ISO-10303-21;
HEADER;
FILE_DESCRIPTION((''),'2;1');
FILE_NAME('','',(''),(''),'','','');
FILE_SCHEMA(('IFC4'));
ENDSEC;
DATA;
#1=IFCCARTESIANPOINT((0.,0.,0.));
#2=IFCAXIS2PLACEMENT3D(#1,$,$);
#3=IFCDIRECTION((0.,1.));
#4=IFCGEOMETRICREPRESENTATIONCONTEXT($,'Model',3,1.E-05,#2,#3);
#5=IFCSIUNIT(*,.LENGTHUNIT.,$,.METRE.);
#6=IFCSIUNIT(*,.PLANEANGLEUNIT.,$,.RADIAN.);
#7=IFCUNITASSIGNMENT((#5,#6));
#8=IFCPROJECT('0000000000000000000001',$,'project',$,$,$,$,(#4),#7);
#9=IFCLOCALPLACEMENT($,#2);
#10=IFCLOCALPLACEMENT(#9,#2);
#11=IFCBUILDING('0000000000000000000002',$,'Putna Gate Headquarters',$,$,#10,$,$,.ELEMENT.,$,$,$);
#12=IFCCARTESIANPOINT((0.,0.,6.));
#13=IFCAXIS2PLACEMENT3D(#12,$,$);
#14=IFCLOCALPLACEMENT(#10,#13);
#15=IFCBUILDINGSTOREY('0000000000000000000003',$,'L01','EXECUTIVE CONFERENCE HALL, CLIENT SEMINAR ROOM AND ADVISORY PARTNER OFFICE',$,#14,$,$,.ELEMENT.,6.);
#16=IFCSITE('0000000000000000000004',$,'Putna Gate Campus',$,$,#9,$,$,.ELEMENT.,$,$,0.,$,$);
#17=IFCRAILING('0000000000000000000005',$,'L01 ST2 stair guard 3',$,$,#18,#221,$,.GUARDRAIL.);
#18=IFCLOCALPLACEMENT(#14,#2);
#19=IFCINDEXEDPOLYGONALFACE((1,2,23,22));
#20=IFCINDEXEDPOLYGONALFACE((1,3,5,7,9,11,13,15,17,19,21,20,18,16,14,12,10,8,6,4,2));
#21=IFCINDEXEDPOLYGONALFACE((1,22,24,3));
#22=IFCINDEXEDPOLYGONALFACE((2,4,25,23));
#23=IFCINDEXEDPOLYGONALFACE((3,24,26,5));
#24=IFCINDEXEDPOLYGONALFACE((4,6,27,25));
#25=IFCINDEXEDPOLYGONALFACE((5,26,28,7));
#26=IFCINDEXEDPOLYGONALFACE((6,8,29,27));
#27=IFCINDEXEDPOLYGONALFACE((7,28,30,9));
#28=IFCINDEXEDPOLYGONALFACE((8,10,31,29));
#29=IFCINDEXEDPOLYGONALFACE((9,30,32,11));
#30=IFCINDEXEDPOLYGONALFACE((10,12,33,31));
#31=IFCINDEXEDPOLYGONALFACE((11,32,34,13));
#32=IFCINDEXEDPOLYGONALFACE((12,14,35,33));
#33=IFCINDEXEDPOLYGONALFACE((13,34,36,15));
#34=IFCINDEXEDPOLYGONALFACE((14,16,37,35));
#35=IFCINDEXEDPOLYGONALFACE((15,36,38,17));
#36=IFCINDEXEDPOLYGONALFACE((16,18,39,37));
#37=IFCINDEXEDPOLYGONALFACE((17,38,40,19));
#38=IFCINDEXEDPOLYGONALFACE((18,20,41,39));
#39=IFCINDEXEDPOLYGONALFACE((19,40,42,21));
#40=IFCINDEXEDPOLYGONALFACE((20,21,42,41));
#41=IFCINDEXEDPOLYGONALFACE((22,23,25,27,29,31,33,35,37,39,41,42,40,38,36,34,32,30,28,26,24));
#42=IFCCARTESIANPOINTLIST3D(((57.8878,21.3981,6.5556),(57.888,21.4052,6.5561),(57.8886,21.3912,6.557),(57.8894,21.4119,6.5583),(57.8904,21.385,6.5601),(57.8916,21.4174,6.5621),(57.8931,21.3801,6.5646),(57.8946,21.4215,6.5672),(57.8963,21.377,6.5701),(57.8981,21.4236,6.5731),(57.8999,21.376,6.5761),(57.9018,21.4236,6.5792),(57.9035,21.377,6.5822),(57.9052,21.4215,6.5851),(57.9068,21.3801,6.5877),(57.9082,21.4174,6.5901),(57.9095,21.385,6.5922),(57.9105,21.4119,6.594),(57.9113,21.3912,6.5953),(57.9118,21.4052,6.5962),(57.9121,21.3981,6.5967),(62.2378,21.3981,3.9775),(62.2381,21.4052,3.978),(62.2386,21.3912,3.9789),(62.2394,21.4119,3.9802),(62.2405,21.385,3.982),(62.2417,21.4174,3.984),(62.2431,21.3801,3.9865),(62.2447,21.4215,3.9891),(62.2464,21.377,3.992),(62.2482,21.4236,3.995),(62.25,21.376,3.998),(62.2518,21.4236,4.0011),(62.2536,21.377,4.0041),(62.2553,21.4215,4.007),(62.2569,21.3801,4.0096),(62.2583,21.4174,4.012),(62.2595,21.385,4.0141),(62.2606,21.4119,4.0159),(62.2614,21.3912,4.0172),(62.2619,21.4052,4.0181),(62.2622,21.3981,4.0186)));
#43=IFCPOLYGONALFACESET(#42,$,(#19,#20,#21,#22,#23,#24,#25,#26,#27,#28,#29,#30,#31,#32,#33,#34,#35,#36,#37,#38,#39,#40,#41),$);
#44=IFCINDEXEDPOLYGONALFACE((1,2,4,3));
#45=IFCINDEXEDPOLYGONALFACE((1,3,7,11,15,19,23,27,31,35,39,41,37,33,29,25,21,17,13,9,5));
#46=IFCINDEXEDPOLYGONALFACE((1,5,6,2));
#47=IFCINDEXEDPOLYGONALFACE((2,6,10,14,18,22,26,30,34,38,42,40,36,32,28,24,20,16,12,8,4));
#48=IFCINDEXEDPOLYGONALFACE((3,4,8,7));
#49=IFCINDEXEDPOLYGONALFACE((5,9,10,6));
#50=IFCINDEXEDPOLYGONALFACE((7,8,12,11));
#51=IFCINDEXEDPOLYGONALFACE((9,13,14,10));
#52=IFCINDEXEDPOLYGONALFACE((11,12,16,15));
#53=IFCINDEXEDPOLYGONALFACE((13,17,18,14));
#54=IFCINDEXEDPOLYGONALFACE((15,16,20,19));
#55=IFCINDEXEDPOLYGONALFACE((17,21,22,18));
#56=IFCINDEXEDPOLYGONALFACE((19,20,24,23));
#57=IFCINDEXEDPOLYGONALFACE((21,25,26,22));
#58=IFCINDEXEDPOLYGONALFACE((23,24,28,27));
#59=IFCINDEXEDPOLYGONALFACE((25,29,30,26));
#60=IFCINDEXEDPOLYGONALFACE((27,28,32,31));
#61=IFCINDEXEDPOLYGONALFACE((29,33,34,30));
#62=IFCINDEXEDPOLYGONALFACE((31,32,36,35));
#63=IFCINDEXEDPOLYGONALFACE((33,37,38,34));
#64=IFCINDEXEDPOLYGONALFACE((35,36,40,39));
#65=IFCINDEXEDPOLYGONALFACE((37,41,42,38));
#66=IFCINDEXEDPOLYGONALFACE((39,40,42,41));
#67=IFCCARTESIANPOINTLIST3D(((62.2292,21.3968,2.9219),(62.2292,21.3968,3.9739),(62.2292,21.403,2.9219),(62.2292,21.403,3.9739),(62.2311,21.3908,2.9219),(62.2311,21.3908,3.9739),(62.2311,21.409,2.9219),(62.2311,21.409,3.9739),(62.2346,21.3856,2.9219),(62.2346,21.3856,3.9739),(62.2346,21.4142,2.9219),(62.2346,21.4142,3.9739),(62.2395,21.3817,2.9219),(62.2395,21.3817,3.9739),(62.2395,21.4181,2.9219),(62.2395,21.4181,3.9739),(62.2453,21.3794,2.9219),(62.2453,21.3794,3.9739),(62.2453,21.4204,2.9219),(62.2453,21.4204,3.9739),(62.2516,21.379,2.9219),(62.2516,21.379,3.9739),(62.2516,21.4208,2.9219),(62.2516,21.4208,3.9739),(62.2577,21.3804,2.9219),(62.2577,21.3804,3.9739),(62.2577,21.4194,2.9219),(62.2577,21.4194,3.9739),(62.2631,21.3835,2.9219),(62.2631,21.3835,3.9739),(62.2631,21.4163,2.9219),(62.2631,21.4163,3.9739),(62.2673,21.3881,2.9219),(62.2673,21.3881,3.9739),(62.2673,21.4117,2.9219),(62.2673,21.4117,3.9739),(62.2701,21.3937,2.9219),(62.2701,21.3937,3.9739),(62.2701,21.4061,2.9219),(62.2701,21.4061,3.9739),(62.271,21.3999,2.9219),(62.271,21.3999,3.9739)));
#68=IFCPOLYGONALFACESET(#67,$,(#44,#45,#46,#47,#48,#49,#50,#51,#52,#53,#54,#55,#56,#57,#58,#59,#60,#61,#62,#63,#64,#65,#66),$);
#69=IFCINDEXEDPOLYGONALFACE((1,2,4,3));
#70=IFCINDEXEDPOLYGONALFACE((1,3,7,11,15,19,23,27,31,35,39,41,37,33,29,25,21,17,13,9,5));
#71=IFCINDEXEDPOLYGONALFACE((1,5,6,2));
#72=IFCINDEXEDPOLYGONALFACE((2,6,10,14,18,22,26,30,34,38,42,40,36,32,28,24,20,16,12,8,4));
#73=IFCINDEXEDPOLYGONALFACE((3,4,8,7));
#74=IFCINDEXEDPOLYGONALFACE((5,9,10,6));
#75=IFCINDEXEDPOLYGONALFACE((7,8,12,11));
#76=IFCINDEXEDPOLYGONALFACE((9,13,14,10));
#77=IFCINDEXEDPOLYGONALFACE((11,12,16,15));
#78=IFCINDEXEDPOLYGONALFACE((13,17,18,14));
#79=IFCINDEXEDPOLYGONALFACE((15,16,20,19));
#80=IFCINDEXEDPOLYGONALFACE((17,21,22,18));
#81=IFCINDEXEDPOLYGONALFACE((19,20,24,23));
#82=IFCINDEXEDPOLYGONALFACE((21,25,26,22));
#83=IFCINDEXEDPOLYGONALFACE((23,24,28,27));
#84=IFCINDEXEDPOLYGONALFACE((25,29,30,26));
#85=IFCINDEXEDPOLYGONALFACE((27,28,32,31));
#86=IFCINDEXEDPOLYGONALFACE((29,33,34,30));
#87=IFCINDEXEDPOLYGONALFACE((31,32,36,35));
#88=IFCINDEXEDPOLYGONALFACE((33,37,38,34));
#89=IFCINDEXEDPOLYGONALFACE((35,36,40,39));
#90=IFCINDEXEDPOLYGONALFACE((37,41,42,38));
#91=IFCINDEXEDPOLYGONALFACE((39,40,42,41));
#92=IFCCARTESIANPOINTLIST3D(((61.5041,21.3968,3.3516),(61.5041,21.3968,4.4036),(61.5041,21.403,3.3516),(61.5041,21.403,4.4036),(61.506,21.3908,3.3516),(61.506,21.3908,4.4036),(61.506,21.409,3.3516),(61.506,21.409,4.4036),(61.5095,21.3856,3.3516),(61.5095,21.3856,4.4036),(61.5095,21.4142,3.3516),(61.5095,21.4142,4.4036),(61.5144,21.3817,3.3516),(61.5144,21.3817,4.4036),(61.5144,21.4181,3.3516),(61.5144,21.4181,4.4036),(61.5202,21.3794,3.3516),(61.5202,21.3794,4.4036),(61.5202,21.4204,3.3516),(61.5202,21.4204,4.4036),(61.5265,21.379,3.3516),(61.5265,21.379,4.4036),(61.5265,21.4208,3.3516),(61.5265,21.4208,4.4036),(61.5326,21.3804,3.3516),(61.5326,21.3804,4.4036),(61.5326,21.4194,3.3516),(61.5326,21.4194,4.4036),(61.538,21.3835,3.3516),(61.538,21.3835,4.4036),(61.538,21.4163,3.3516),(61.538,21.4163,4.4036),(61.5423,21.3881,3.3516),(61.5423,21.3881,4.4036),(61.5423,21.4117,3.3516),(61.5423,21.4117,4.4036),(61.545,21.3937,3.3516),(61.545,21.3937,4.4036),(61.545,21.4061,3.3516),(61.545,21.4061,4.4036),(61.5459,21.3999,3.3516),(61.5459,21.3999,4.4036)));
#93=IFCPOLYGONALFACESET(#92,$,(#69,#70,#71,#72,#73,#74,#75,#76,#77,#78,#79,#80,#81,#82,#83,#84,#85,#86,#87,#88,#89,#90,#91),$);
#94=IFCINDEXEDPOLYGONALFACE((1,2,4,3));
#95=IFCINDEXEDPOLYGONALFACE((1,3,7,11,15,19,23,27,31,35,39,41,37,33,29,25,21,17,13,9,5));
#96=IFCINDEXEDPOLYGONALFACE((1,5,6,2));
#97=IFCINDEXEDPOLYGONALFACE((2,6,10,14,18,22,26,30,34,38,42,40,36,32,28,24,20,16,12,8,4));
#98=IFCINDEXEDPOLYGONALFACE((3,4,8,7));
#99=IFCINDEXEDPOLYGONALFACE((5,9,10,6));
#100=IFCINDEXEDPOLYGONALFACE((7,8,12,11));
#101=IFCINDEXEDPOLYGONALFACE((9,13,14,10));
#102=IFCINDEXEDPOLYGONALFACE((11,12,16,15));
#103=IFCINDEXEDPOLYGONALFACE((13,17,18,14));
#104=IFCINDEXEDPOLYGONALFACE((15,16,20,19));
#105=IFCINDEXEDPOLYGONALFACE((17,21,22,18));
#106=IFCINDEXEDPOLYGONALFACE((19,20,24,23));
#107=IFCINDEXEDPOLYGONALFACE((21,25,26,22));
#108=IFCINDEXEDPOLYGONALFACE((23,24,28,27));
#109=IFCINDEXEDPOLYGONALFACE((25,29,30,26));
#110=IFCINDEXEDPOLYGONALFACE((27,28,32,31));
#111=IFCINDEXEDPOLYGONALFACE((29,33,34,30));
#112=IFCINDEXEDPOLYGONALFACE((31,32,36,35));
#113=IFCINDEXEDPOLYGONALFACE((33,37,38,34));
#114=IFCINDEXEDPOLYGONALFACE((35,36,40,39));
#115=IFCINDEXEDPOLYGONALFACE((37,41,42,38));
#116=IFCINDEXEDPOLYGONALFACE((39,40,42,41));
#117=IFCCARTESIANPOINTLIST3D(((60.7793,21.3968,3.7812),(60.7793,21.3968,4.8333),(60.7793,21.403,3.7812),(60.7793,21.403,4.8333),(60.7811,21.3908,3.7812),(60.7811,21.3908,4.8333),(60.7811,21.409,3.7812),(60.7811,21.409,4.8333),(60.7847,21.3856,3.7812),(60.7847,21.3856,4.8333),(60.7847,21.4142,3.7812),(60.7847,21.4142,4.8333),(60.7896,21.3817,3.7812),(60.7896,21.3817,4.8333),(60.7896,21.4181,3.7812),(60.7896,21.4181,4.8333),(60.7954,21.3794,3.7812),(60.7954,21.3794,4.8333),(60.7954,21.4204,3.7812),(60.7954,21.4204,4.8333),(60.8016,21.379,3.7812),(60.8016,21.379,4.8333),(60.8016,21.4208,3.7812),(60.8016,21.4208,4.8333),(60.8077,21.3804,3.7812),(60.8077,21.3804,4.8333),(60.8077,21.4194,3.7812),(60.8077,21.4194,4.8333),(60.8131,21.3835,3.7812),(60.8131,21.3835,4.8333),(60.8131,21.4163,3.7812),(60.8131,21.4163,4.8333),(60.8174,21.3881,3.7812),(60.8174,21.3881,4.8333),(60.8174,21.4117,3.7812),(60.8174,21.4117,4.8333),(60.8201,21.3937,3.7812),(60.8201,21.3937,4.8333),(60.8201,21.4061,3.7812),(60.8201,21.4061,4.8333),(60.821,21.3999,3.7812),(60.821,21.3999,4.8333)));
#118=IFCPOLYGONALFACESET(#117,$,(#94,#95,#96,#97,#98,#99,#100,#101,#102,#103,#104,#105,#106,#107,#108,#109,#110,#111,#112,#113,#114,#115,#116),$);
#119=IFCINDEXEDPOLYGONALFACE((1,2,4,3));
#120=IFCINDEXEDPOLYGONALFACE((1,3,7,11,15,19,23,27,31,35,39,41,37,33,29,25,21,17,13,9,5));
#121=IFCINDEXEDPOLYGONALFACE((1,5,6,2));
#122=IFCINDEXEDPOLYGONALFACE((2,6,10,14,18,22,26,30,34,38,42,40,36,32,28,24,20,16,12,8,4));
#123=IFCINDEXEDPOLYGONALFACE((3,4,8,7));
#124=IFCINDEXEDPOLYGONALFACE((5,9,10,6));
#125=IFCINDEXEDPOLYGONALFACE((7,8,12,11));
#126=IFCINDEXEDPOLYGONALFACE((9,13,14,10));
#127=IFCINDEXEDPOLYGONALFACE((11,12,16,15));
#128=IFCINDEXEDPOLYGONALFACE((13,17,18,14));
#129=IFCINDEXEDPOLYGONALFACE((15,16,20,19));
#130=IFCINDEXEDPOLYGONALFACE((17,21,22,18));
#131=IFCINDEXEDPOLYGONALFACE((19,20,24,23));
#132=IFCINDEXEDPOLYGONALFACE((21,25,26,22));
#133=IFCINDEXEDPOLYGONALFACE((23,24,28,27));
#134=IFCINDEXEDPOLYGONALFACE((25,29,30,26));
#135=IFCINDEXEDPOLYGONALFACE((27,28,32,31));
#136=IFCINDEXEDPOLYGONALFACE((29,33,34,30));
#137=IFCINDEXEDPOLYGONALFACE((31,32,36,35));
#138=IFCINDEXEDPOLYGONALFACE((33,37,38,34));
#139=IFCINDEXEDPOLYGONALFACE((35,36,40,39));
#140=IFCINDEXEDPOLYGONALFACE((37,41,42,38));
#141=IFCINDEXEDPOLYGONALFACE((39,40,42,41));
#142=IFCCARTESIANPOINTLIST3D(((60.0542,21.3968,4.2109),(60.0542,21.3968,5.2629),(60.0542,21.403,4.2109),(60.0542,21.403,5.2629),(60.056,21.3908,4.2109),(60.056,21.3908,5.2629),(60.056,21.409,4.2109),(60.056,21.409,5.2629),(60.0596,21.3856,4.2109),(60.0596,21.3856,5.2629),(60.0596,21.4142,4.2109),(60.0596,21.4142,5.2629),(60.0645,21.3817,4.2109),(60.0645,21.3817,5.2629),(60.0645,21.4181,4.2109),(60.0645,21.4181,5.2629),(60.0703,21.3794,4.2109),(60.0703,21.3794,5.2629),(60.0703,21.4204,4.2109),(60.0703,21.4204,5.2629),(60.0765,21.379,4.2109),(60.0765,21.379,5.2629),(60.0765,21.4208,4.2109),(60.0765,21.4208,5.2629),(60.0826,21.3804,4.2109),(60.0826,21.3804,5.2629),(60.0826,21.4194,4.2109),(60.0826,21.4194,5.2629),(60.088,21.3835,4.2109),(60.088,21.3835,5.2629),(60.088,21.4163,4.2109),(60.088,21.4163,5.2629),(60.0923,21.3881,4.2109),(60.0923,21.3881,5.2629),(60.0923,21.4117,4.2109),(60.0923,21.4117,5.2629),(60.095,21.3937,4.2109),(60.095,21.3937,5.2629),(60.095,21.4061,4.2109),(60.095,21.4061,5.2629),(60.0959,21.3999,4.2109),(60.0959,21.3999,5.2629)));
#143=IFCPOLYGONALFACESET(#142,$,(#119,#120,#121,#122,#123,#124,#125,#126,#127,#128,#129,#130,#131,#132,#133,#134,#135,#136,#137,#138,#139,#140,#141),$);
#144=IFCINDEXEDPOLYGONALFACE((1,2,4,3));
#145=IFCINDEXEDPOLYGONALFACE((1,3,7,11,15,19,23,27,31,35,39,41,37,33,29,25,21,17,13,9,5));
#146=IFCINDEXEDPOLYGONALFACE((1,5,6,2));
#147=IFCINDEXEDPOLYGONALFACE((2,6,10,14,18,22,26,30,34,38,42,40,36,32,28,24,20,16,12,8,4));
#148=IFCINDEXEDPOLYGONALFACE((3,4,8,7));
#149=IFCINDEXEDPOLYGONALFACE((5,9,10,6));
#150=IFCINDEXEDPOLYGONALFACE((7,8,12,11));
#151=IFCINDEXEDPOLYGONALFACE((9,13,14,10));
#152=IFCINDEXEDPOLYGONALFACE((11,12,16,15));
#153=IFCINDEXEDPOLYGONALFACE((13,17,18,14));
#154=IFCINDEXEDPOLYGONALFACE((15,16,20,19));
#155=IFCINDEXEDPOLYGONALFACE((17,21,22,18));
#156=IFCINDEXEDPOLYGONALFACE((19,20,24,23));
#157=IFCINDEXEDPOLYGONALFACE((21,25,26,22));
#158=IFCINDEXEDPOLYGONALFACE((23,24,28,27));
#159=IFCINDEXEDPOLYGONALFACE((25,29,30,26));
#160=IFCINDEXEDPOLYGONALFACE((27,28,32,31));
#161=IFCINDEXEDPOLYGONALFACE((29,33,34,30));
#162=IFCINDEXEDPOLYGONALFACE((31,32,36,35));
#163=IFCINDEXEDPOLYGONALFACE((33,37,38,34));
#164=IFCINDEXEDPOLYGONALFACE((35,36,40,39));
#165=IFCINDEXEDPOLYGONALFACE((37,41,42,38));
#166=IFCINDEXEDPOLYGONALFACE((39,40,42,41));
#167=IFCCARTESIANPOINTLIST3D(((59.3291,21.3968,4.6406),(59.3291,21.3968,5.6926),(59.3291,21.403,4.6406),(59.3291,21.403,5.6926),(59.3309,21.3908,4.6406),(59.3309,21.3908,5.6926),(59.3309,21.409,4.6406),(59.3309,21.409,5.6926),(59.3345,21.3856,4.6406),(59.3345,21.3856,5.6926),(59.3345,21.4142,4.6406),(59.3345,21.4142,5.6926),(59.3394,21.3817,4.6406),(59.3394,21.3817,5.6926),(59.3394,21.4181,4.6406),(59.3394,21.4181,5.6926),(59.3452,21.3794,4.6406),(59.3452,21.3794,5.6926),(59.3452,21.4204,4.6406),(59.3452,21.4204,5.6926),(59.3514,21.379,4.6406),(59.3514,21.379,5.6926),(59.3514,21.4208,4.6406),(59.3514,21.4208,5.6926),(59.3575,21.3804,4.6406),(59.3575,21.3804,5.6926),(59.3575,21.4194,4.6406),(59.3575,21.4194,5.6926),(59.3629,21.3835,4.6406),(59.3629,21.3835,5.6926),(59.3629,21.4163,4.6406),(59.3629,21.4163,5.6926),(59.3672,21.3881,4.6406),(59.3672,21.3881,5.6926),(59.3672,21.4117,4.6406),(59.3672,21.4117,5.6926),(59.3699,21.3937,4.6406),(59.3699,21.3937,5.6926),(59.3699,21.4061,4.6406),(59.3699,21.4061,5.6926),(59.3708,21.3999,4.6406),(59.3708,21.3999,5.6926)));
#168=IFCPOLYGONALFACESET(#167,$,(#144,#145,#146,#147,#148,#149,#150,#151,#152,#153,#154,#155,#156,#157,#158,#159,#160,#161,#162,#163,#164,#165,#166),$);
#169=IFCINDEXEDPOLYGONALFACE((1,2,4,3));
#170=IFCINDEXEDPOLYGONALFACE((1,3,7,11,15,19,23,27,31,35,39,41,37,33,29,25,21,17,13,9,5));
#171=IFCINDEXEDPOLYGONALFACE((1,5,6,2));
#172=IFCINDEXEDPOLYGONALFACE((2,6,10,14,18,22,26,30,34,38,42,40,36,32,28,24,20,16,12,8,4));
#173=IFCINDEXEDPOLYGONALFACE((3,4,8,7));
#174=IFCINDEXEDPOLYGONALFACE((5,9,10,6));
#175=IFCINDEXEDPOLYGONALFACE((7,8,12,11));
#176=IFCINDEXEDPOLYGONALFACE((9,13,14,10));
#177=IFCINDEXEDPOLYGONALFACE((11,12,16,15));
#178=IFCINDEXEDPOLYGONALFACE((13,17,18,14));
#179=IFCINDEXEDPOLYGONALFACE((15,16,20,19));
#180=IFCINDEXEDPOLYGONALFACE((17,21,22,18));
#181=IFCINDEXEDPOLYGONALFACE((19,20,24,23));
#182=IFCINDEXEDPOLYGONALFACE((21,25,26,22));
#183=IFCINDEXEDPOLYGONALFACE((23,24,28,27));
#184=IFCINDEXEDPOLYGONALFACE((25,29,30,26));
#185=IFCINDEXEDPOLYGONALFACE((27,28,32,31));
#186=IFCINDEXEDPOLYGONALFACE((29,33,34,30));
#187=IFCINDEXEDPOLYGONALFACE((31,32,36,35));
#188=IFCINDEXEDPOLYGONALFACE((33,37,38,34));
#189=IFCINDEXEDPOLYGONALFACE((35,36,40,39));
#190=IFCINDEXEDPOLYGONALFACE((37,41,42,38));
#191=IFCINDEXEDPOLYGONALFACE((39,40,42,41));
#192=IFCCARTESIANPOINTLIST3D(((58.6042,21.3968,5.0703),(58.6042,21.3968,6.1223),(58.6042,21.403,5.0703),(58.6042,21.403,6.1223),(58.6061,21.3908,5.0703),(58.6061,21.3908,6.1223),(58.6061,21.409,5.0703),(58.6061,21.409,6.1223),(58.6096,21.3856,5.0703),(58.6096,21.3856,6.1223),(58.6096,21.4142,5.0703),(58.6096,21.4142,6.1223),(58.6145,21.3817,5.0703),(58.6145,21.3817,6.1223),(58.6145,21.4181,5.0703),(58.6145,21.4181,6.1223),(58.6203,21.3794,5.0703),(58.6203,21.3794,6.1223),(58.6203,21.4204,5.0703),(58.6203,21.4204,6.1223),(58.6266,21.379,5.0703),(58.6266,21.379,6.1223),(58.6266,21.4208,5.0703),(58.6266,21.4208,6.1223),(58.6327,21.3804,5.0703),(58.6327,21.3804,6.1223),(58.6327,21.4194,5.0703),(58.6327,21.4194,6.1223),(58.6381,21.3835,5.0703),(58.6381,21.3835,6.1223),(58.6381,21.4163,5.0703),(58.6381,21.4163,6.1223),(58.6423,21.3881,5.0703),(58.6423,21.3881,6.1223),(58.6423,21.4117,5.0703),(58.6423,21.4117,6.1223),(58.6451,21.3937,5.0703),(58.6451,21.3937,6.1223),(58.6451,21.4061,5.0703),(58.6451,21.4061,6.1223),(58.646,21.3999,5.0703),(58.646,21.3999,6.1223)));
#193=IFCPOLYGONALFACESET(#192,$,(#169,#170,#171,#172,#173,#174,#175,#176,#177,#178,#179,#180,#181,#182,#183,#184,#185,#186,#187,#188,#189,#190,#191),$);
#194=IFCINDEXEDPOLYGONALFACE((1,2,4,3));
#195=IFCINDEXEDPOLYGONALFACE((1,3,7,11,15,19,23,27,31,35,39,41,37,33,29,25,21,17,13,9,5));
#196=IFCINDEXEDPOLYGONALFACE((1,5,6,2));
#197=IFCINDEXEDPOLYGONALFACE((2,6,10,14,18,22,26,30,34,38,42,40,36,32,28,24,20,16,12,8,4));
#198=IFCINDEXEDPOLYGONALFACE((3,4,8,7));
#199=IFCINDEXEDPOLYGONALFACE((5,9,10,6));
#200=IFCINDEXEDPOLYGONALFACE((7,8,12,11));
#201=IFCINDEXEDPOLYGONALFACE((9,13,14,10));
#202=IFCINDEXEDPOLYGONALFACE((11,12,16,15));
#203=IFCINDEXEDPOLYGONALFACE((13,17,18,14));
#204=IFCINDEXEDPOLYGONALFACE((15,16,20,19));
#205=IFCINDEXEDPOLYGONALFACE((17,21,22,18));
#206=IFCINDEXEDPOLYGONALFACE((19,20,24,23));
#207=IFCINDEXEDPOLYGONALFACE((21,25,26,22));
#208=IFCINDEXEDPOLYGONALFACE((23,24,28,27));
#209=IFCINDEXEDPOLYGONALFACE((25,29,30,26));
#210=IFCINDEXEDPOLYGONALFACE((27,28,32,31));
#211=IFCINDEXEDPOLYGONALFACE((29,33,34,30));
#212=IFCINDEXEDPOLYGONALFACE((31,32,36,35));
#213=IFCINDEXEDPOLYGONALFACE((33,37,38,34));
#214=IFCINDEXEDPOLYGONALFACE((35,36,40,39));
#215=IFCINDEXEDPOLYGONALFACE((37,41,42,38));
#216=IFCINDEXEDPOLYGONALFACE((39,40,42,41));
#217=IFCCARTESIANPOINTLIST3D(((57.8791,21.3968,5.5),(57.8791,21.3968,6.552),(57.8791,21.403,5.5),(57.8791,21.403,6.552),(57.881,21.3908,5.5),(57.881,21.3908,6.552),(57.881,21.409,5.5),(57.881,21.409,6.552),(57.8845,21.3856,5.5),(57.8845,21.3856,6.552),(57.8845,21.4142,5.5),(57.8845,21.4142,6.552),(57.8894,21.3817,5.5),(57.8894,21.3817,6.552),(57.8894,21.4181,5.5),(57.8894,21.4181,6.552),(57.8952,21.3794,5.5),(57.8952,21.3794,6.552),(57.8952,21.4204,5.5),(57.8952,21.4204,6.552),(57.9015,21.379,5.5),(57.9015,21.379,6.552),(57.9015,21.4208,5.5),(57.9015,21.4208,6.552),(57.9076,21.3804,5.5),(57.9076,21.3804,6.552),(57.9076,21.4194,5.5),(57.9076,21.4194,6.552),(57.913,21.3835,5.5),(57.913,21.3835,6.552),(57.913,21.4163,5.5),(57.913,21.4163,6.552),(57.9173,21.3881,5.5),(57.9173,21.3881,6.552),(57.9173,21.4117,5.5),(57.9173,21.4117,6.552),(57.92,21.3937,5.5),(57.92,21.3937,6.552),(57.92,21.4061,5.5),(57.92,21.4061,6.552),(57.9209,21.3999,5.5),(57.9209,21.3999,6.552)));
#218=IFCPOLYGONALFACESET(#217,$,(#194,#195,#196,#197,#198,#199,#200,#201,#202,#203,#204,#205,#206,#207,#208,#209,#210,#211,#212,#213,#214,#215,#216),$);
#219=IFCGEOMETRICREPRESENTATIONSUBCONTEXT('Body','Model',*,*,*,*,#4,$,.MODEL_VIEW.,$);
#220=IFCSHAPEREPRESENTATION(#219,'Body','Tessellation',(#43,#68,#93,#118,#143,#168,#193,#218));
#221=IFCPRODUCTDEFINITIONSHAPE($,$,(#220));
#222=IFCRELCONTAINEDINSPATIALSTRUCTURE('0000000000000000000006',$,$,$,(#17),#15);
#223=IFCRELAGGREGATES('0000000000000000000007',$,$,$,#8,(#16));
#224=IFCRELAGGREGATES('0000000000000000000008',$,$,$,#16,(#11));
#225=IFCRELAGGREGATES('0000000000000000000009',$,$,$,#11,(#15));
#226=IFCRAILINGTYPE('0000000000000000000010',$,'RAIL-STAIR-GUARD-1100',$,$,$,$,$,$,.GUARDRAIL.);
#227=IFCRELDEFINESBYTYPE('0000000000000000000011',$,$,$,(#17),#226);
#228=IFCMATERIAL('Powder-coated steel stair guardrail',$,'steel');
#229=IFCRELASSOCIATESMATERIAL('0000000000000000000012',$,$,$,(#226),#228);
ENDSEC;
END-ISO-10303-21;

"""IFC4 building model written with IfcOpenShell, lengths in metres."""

from ifc_helpers import new_model, si_unit, direction, frame, origin, origin_2d, place, context, subcontext, project, spatial, circle, extrude, material, type_object, element, save


model = new_model("IFC4")

# Units and contexts
model_context = context("Model", 3, precision=1e-05, world=origin(), true_north=direction((0.0, 1.0)))
body_context = subcontext(model_context, "Body", "Model", "MODEL_VIEW")
ifc_project = project(units=[si_unit("LENGTHUNIT", "METRE"), si_unit("PLANEANGLEUNIT", "RADIAN")], contexts=[model_context])

# Site, building, storey
site_placement = place(None, origin())
site = spatial("IfcSite", under=ifc_project, at=site_placement, Name="Putna Gate Campus", CompositionType="ELEMENT", RefElevation=0.0)
building_placement = place(site_placement, origin())
building = spatial("IfcBuilding", under=site, at=building_placement, Name="Putna Gate Headquarters", CompositionType="ELEMENT")
storey_placement = place(building_placement, frame((0.0, 0.0, 6.0)))
storey = spatial("IfcBuildingStorey", under=building, at=storey_placement, Name="L01", Description="EXECUTIVE CONFERENCE HALL, CLIENT SEMINAR ROOM AND ADVISORY PARTNER OFFICE", CompositionType="ELEMENT", Elevation=6.0)

# Railing
ifc_material_1 = material(Name="Powder-coated steel stair guardrail", Category="steel")
railing_type_1 = type_object("IfcRailingType", Name="RAIL-STAIR-GUARD-1100", PredefinedType="GUARDRAIL", material=ifc_material_1)
railing_1_placement = place(storey_placement, frame((62.25, 21.3999, 2.9219)))
element("IfcRailing", 1, at=railing_1_placement, inside=storey, type_object=railing_type_1, Name="L01 ST2 stair guard 3", PredefinedType="GUARDRAIL", context=body_context, shape_type="SweptSolid", body=[
    extrude(circle(Radius=0.0239, at=origin_2d()), frame((0.0, 0.0, 1.0762), z_axis=(-0.860266, 0.0, 0.509845), x_axis=(0.0, -1.0, 0.0)), (0.0, 0.0, 1.0), 5.0566),
    extrude(circle(Radius=0.021, at=origin_2d()), origin(), (0.0, 0.0, 1.0), 1.052),
    extrude(circle(Radius=0.021, at=origin_2d()), frame((-0.7251, 0.0, 0.4297)), (0.0, 0.0, 1.0), 1.052),
    extrude(circle(Radius=0.021, at=origin_2d()), frame((-1.45, 0.0, 0.8594)), (0.0, 0.0, 1.0), 1.052),
    extrude(circle(Radius=0.021, at=origin_2d()), frame((-2.175, 0.0, 1.2891)), (0.0, 0.0, 1.0), 1.052),
    extrude(circle(Radius=0.021, at=origin_2d()), frame((-2.9001, 0.0, 1.7188)), (0.0, 0.0, 1.0), 1.052),
    extrude(circle(Radius=0.021, at=origin_2d()), frame((-3.625, 0.0, 2.1484)), (0.0, 0.0, 1.0), 1.052),
    extrude(circle(Radius=0.021, at=origin_2d()), frame((-4.3501, 0.0, 2.5781)), (0.0, 0.0, 1.0), 1.052),
])

save(model, "model.ifc")
